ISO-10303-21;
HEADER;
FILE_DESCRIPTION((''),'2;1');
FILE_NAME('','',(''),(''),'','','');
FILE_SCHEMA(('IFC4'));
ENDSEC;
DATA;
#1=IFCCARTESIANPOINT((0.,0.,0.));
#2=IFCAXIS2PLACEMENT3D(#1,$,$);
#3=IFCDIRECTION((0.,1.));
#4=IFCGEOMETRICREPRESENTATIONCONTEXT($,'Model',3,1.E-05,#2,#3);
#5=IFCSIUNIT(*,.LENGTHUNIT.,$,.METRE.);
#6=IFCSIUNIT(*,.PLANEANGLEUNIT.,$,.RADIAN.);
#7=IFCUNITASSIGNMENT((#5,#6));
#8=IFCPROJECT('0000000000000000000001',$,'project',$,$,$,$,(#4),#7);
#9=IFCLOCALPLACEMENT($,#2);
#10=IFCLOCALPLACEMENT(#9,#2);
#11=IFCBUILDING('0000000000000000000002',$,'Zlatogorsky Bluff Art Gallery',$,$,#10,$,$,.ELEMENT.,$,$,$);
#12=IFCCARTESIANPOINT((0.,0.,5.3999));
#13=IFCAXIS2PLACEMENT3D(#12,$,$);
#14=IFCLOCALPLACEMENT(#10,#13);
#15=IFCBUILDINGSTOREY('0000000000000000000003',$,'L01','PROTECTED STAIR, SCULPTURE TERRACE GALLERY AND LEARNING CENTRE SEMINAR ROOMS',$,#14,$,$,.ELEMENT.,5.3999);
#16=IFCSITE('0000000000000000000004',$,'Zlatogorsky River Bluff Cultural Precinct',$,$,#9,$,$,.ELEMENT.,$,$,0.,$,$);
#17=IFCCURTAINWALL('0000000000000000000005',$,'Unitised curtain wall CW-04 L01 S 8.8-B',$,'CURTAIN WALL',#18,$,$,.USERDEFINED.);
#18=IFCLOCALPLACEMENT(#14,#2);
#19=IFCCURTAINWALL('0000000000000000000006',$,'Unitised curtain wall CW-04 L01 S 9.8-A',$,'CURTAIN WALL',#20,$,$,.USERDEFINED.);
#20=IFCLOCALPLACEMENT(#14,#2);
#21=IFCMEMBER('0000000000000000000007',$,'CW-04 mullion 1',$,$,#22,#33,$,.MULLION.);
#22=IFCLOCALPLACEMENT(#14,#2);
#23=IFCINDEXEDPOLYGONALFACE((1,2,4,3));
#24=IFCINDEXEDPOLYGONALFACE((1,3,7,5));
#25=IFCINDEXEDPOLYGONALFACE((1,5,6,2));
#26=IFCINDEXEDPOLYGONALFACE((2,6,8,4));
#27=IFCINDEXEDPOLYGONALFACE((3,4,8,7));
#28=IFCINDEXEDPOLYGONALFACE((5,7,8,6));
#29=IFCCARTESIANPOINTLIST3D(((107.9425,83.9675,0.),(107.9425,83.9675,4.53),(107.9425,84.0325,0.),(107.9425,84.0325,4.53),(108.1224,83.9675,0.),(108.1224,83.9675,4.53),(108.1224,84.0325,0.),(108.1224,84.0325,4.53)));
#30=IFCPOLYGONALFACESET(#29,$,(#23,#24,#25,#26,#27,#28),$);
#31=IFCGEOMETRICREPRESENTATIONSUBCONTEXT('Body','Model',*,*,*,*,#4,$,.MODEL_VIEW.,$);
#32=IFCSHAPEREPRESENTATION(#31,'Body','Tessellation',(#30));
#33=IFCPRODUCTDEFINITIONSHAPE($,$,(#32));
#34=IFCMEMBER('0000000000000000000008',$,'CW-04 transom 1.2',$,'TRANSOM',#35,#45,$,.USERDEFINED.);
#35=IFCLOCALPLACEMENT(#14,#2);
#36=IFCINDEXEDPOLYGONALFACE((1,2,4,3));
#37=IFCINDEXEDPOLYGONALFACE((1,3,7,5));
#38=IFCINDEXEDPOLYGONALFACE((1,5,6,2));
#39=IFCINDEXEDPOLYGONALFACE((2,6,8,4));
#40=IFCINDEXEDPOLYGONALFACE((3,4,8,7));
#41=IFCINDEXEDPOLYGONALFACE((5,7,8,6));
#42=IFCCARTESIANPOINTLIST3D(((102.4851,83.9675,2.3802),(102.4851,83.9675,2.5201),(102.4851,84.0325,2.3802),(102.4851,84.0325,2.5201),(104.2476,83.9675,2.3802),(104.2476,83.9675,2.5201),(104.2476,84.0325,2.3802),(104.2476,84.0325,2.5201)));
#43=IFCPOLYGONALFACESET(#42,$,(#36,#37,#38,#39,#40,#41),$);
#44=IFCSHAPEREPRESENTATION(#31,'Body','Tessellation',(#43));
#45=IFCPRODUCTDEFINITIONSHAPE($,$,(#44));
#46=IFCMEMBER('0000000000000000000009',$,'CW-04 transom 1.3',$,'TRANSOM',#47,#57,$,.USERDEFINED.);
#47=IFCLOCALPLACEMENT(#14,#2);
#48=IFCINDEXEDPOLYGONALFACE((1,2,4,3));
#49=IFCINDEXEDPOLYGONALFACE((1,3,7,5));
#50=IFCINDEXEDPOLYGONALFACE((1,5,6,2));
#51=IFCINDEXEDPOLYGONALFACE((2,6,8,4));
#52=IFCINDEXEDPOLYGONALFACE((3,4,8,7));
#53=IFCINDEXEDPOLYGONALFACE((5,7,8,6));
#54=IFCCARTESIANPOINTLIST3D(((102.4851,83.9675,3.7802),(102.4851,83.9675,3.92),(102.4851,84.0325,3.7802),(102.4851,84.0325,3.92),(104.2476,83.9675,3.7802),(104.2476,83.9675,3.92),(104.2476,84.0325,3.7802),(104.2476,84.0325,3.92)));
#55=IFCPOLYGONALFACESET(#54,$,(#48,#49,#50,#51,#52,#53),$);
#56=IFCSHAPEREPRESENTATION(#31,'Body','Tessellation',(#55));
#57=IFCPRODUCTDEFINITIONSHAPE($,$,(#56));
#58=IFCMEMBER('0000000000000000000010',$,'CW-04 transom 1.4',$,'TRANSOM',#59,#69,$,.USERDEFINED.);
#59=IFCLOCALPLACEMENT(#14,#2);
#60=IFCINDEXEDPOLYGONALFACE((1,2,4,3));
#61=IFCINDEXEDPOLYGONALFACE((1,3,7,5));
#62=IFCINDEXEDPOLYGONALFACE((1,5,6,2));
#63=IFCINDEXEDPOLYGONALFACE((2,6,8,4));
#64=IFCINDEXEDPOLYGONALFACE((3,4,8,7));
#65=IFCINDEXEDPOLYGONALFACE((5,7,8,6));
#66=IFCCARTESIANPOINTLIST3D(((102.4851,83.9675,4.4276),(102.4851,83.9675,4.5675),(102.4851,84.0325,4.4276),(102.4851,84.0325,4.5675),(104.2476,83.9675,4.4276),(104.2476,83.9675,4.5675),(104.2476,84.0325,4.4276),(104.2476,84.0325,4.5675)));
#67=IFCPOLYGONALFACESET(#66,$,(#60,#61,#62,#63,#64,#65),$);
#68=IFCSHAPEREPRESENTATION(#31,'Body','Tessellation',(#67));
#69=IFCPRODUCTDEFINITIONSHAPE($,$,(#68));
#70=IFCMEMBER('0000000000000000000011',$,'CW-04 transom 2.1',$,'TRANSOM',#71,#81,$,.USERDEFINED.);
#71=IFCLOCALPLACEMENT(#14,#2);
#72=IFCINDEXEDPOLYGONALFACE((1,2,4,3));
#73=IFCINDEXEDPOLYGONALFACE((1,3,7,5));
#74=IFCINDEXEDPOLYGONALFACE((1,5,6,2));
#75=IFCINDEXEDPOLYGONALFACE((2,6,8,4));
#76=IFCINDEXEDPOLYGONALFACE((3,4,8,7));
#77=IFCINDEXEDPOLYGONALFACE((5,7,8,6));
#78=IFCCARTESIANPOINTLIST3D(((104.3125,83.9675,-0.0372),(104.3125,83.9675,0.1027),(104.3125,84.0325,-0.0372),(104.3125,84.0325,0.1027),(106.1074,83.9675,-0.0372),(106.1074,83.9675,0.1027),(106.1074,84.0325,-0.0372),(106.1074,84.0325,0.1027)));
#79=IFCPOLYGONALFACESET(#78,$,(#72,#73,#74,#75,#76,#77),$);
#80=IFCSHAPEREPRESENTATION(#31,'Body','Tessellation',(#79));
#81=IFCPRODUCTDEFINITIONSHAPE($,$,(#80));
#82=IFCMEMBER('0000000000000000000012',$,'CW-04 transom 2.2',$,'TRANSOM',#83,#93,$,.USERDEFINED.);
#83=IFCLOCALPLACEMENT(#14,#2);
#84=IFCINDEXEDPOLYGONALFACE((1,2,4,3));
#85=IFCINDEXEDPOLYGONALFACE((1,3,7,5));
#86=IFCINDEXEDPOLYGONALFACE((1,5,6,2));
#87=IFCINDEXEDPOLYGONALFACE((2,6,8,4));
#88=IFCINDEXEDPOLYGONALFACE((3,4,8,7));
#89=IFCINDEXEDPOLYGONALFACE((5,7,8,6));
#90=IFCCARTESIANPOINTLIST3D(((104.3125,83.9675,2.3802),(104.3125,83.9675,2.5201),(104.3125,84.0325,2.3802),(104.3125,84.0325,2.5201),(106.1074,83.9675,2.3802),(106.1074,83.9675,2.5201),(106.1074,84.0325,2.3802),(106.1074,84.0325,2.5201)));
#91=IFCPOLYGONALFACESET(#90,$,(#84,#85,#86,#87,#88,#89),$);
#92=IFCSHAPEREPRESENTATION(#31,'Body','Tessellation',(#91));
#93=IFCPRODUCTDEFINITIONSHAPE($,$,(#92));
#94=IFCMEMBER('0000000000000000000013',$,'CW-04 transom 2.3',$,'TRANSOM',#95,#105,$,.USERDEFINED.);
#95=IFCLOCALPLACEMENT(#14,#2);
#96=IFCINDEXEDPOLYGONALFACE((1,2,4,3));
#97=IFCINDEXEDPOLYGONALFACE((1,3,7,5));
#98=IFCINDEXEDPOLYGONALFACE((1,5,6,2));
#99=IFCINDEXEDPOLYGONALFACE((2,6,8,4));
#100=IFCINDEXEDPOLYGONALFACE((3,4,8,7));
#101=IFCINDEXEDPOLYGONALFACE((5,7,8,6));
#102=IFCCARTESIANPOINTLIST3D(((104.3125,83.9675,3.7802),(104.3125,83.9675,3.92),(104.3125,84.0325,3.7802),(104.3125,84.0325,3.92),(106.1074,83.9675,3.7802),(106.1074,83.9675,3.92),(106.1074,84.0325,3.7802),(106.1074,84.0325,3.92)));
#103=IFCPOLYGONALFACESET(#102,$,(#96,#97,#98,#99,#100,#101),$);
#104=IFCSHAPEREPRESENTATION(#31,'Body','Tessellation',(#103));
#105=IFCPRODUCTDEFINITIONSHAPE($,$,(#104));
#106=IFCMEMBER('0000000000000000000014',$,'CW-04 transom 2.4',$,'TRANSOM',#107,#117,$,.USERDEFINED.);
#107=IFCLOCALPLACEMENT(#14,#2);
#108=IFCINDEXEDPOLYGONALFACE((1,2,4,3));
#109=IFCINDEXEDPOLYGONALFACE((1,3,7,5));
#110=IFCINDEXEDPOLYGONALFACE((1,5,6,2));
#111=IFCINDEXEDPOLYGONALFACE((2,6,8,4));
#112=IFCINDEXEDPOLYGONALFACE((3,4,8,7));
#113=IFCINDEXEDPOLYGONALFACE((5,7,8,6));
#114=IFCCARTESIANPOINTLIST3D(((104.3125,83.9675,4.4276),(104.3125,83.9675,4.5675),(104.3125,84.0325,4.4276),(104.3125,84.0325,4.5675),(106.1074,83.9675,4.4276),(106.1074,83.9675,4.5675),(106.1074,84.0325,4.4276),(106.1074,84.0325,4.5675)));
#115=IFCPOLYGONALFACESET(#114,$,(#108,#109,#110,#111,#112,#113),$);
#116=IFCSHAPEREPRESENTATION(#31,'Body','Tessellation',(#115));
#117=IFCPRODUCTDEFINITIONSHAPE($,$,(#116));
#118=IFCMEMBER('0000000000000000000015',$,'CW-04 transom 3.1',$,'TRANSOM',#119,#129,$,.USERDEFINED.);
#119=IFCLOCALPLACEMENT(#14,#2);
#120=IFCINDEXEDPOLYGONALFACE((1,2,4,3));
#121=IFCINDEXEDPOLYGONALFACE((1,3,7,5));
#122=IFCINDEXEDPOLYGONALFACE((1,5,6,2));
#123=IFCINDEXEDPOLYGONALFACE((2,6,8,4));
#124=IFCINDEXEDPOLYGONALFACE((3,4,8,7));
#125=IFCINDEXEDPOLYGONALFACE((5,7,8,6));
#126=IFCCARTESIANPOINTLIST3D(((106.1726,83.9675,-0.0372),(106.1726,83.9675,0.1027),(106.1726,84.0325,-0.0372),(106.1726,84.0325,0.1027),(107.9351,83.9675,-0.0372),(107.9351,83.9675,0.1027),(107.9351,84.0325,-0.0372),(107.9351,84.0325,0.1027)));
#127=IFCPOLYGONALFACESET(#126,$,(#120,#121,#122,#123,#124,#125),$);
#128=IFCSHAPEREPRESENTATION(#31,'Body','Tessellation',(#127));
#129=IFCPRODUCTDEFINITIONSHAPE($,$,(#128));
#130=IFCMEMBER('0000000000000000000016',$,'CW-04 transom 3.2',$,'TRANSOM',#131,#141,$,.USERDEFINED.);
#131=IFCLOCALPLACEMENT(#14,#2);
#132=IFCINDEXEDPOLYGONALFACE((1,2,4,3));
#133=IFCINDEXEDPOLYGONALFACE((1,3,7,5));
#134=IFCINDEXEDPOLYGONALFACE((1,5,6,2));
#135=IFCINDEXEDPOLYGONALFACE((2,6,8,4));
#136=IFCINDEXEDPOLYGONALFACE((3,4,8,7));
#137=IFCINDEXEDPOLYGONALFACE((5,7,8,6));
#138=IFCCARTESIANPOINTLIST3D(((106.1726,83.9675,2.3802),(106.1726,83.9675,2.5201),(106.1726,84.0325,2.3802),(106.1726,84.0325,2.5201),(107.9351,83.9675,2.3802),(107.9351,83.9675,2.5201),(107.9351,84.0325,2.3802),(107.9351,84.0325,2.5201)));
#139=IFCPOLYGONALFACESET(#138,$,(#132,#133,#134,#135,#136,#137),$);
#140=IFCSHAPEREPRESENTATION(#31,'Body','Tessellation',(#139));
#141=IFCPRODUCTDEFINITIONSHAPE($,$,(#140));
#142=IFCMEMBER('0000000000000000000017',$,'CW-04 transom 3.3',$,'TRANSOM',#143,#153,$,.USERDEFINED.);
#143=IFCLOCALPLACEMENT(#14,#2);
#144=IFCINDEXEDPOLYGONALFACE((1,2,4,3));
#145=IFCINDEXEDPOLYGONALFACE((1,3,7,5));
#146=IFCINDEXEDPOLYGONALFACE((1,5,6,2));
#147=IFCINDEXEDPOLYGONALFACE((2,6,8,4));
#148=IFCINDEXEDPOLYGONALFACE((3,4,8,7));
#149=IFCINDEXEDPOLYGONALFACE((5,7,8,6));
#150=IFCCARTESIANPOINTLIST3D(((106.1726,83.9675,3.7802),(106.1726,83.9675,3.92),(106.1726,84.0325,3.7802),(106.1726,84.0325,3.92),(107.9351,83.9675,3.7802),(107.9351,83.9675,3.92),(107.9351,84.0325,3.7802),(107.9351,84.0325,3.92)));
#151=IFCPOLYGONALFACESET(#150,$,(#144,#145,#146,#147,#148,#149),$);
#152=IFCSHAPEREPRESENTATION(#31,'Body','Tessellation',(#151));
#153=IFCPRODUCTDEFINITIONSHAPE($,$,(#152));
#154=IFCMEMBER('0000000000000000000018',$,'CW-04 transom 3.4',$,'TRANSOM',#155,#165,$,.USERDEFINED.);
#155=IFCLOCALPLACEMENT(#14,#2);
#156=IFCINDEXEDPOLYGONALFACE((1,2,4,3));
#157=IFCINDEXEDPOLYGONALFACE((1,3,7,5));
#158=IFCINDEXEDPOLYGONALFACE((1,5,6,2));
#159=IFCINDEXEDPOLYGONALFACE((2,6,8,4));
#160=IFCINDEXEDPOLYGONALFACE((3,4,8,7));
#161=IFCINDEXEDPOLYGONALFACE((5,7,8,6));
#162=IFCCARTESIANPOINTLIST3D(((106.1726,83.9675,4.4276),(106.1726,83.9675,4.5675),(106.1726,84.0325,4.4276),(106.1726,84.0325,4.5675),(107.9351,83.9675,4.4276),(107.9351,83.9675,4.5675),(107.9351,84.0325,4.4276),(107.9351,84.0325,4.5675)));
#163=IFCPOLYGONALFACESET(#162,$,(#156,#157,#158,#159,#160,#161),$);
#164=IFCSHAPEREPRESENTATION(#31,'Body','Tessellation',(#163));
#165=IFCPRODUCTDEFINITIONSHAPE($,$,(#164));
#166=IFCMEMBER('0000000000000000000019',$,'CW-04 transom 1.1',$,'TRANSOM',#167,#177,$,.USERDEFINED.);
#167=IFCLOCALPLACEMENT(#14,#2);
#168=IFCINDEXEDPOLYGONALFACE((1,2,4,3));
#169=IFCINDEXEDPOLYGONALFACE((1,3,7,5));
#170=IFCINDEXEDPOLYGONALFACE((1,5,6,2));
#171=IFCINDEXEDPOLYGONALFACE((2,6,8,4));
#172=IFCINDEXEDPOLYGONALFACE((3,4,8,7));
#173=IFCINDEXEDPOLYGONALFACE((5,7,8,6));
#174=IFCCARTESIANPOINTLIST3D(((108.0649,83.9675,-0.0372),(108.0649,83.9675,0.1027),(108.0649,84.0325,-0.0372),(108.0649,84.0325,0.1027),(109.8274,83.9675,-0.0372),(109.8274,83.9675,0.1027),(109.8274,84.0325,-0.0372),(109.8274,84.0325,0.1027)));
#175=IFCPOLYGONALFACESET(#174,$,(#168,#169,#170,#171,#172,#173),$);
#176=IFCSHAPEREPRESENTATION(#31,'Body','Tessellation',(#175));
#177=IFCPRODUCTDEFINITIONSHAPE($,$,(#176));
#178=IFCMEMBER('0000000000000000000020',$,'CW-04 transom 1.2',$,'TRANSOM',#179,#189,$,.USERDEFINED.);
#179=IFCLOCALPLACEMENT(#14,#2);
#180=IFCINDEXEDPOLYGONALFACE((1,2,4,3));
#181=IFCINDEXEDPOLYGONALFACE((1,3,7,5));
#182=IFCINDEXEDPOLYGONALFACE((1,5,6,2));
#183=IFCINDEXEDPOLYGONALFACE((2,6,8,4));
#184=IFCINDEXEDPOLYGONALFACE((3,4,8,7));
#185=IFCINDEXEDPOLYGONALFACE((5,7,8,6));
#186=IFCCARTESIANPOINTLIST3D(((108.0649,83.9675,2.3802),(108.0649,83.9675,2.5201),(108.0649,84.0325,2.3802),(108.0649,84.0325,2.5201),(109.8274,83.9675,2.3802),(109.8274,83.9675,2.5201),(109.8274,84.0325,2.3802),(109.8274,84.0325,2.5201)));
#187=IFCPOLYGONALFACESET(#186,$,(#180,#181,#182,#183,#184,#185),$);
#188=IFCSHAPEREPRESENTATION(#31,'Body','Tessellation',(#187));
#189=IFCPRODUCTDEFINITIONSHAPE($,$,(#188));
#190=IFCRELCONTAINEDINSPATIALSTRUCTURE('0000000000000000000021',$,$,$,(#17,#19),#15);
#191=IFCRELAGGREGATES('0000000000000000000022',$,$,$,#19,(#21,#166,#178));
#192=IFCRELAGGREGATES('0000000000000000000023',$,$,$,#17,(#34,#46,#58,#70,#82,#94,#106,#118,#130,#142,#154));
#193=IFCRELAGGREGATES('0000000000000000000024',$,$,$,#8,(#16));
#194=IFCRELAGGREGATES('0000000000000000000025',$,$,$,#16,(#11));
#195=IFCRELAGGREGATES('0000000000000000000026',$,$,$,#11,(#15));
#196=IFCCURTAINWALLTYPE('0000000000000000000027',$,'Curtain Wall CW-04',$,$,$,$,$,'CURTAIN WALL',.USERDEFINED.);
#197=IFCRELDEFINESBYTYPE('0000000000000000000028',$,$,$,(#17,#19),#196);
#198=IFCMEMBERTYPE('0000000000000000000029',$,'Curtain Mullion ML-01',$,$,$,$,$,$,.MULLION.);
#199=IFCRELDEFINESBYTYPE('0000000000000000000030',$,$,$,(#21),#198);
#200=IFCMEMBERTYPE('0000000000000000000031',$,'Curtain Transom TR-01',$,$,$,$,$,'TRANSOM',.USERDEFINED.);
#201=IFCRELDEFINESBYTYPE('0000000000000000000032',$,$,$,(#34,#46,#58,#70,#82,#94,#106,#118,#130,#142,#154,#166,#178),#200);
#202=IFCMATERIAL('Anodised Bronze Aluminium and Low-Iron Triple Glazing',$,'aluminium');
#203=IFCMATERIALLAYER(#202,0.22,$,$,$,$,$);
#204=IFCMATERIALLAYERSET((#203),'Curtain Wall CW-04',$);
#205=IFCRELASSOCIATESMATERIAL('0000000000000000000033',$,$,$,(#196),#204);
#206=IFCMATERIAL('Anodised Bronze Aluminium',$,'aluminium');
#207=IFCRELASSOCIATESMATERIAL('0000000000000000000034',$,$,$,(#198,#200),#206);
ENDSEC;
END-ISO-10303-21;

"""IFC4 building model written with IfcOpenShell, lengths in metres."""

from ifc_helpers import new_model, si_unit, direction, frame, origin, origin_2d, place, context, subcontext, project, spatial, rectangle, extrude, material, layer, layer_set, material_profile, profile_set, type_object, element, aggregate, save


model = new_model("IFC4")

# Units and contexts
model_context = context("Model", 3, precision=1e-05, world=origin(), true_north=direction((0.0, 1.0)))
body_context = subcontext(model_context, "Body", "Model", "MODEL_VIEW")
ifc_project = project(units=[si_unit("LENGTHUNIT", "METRE"), si_unit("PLANEANGLEUNIT", "RADIAN")], contexts=[model_context])

# Site, building, storey
site_placement = place(None, origin())
site = spatial("IfcSite", under=ifc_project, at=site_placement, Name="Zlatogorsky River Bluff Cultural Precinct", CompositionType="ELEMENT", RefElevation=0.0)
building_placement = place(site_placement, origin())
building = spatial("IfcBuilding", under=site, at=building_placement, Name="Zlatogorsky Bluff Art Gallery", CompositionType="ELEMENT")
storey_placement = place(building_placement, frame((0.0, 0.0, 5.3999)))
storey = spatial("IfcBuildingStorey", under=building, at=storey_placement, Name="L01", Description="PROTECTED STAIR, SCULPTURE TERRACE GALLERY AND LEARNING CENTRE SEMINAR ROOMS", CompositionType="ELEMENT", Elevation=5.3999)

# Curtain wall
ifc_material_1 = material(Name="Anodised Bronze Aluminium and Low-Iron Triple Glazing", Category="aluminium")
ifc_layer_1 = layer(ifc_material_1, 0.22)
ifc_layer_set_1 = layer_set([ifc_layer_1], Name="Curtain Wall CW-04")
curtain_wall_type = type_object("IfcCurtainWallType", Name="Curtain Wall CW-04", ElementType="CURTAIN WALL", PredefinedType="USERDEFINED", material=ifc_layer_set_1)
curtain_wall_1_placement = place(storey_placement, origin())
curtain_wall_1 = element("IfcCurtainWall", 1, at=curtain_wall_1_placement, inside=storey, type_object=curtain_wall_type, Name="Unitised curtain wall CW-04 L01 S 8.8-B", ObjectType="CURTAIN WALL", PredefinedType="USERDEFINED")
ifc_material_2 = material(Name="Anodised Bronze Aluminium", Category="aluminium")
ifc_material_profile_1 = material_profile(ifc_material_2, rectangle(XDim=0.0649, YDim=0.1799, at=origin_2d()), Name="ALU MULLION 65x180")
ifc_profile_set_1 = profile_set([ifc_material_profile_1], Name="Anodised Bronze Aluminium")
member_type_1 = type_object("IfcMemberType", Name="Curtain Mullion ML-01", PredefinedType="MULLION", material=ifc_profile_set_1)

# Curtain wall, member
curtain_wall_2_placement = place(storey_placement, origin())
curtain_wall_2 = element("IfcCurtainWall", 2, at=curtain_wall_2_placement, inside=storey, type_object=curtain_wall_type, Name="Unitised curtain wall CW-04 L01 S 9.8-A", ObjectType="CURTAIN WALL", PredefinedType="USERDEFINED")
member_1_placement = place(storey_placement, frame((108.0325, 84.0, 0.0), z_axis=(0.0, 0.0, 1.0), x_axis=(0.0, 1.0, 0.0)))
member_1 = element("IfcMember", 3, at=member_1_placement, type_object=member_type_1, Name="CW-04 mullion 1", PredefinedType="MULLION", context=body_context, shape_type="SweptSolid", body=[
    extrude(rectangle(XDim=0.0649, YDim=0.1799, at=origin_2d()), origin(), (0.0, 0.0, 1.0), 4.53),
])

# Members
ifc_material_profile_2 = material_profile(ifc_material_2, rectangle(XDim=0.0649, YDim=0.1399, at=origin_2d()), Name="ALU TRANSOM 65x140")
ifc_profile_set_2 = profile_set([ifc_material_profile_2], Name="Anodised Bronze Aluminium")
member_type_2 = type_object("IfcMemberType", Name="Curtain Transom TR-01", ElementType="TRANSOM", PredefinedType="USERDEFINED", material=ifc_profile_set_2)
member_2_placement = place(storey_placement, frame((102.4851, 84.0, 2.4502), z_axis=(1.0, 0.0, 0.0), x_axis=(0.0, 1.0, 0.0)))
member_2 = element("IfcMember", 4, at=member_2_placement, type_object=member_type_2, Name="CW-04 transom 1.2", ObjectType="TRANSOM", PredefinedType="USERDEFINED", context=body_context, shape_type="SweptSolid", body=[
    extrude(rectangle(XDim=0.0649, YDim=0.1399, at=origin_2d()), origin(), (0.0, 0.0, 1.0), 1.7625),
])
member_3_placement = place(storey_placement, frame((102.4851, 84.0, 3.8501), z_axis=(1.0, 0.0, 0.0), x_axis=(0.0, 1.0, 0.0)))
member_3 = element("IfcMember", 5, at=member_3_placement, type_object=member_type_2, Name="CW-04 transom 1.3", ObjectType="TRANSOM", PredefinedType="USERDEFINED", context=body_context, shape_type="SweptSolid", body=[
    extrude(rectangle(XDim=0.0649, YDim=0.1399, at=origin_2d()), origin(), (0.0, 0.0, 1.0), 1.7625),
])
member_4_placement = place(storey_placement, frame((102.4851, 84.0, 4.4976), z_axis=(1.0, 0.0, 0.0), x_axis=(0.0, 1.0, 0.0)))
member_4 = element("IfcMember", 6, at=member_4_placement, type_object=member_type_2, Name="CW-04 transom 1.4", ObjectType="TRANSOM", PredefinedType="USERDEFINED", context=body_context, shape_type="SweptSolid", body=[
    extrude(rectangle(XDim=0.0649, YDim=0.1399, at=origin_2d()), origin(), (0.0, 0.0, 1.0), 1.7625),
])
member_5_placement = place(storey_placement, frame((104.3125, 84.0, 0.0327), z_axis=(1.0, 0.0, 0.0), x_axis=(0.0, 1.0, 0.0)))
member_5 = element("IfcMember", 7, at=member_5_placement, type_object=member_type_2, Name="CW-04 transom 2.1", ObjectType="TRANSOM", PredefinedType="USERDEFINED", context=body_context, shape_type="SweptSolid", body=[
    extrude(rectangle(XDim=0.0649, YDim=0.1399, at=origin_2d()), origin(), (0.0, 0.0, 1.0), 1.7949),
])
member_6_placement = place(storey_placement, frame((104.3125, 84.0, 2.4502), z_axis=(1.0, 0.0, 0.0), x_axis=(0.0, 1.0, 0.0)))
member_6 = element("IfcMember", 8, at=member_6_placement, type_object=member_type_2, Name="CW-04 transom 2.2", ObjectType="TRANSOM", PredefinedType="USERDEFINED", context=body_context, shape_type="SweptSolid", body=[
    extrude(rectangle(XDim=0.0649, YDim=0.1399, at=origin_2d()), origin(), (0.0, 0.0, 1.0), 1.7949),
])
member_7_placement = place(storey_placement, frame((104.3125, 84.0, 3.8501), z_axis=(1.0, 0.0, 0.0), x_axis=(0.0, 1.0, 0.0)))
member_7 = element("IfcMember", 9, at=member_7_placement, type_object=member_type_2, Name="CW-04 transom 2.3", ObjectType="TRANSOM", PredefinedType="USERDEFINED", context=body_context, shape_type="SweptSolid", body=[
    extrude(rectangle(XDim=0.0649, YDim=0.1399, at=origin_2d()), origin(), (0.0, 0.0, 1.0), 1.7949),
])
member_8_placement = place(storey_placement, frame((104.3125, 84.0, 4.4976), z_axis=(1.0, 0.0, 0.0), x_axis=(0.0, 1.0, 0.0)))
member_8 = element("IfcMember", 10, at=member_8_placement, type_object=member_type_2, Name="CW-04 transom 2.4", ObjectType="TRANSOM", PredefinedType="USERDEFINED", context=body_context, shape_type="SweptSolid", body=[
    extrude(rectangle(XDim=0.0649, YDim=0.1399, at=origin_2d()), origin(), (0.0, 0.0, 1.0), 1.7949),
])
member_9_placement = place(storey_placement, frame((106.1726, 84.0, 0.0327), z_axis=(1.0, 0.0, 0.0), x_axis=(0.0, 1.0, 0.0)))
member_9 = element("IfcMember", 11, at=member_9_placement, type_object=member_type_2, Name="CW-04 transom 3.1", ObjectType="TRANSOM", PredefinedType="USERDEFINED", context=body_context, shape_type="SweptSolid", body=[
    extrude(rectangle(XDim=0.0649, YDim=0.1399, at=origin_2d()), origin(), (0.0, 0.0, 1.0), 1.7625),
])
member_10_placement = place(storey_placement, frame((106.1726, 84.0, 2.4502), z_axis=(1.0, 0.0, 0.0), x_axis=(0.0, 1.0, 0.0)))
member_10 = element("IfcMember", 12, at=member_10_placement, type_object=member_type_2, Name="CW-04 transom 3.2", ObjectType="TRANSOM", PredefinedType="USERDEFINED", context=body_context, shape_type="SweptSolid", body=[
    extrude(rectangle(XDim=0.0649, YDim=0.1399, at=origin_2d()), origin(), (0.0, 0.0, 1.0), 1.7625),
])
member_11_placement = place(storey_placement, frame((106.1726, 84.0, 3.8501), z_axis=(1.0, 0.0, 0.0), x_axis=(0.0, 1.0, 0.0)))
member_11 = element("IfcMember", 13, at=member_11_placement, type_object=member_type_2, Name="CW-04 transom 3.3", ObjectType="TRANSOM", PredefinedType="USERDEFINED", context=body_context, shape_type="SweptSolid", body=[
    extrude(rectangle(XDim=0.0649, YDim=0.1399, at=origin_2d()), origin(), (0.0, 0.0, 1.0), 1.7625),
])
member_12_placement = place(storey_placement, frame((106.1726, 84.0, 4.4976), z_axis=(1.0, 0.0, 0.0), x_axis=(0.0, 1.0, 0.0)))
member_12 = element("IfcMember", 14, at=member_12_placement, type_object=member_type_2, Name="CW-04 transom 3.4", ObjectType="TRANSOM", PredefinedType="USERDEFINED", context=body_context, shape_type="SweptSolid", body=[
    extrude(rectangle(XDim=0.0649, YDim=0.1399, at=origin_2d()), origin(), (0.0, 0.0, 1.0), 1.7625),
])
member_13_placement = place(storey_placement, frame((108.0649, 84.0, 0.0327), z_axis=(1.0, 0.0, 0.0), x_axis=(0.0, 1.0, 0.0)))
member_13 = element("IfcMember", 15, at=member_13_placement, type_object=member_type_2, Name="CW-04 transom 1.1", ObjectType="TRANSOM", PredefinedType="USERDEFINED", context=body_context, shape_type="SweptSolid", body=[
    extrude(rectangle(XDim=0.0649, YDim=0.1399, at=origin_2d()), origin(), (0.0, 0.0, 1.0), 1.7625),
])
member_14_placement = place(storey_placement, frame((108.0649, 84.0, 2.4502), z_axis=(1.0, 0.0, 0.0), x_axis=(0.0, 1.0, 0.0)))
member_14 = element("IfcMember", 16, at=member_14_placement, type_object=member_type_2, Name="CW-04 transom 1.2", ObjectType="TRANSOM", PredefinedType="USERDEFINED", context=body_context, shape_type="SweptSolid", body=[
    extrude(rectangle(XDim=0.0649, YDim=0.1399, at=origin_2d()), origin(), (0.0, 0.0, 1.0), 1.7625),
])
aggregate(curtain_wall_2, [member_1, member_13, member_14])

aggregate(curtain_wall_1, [member_2, member_3, member_4, member_5, member_6, member_7, member_8, member_9, member_10, member_11, member_12])

save(model, "model.ifc")
